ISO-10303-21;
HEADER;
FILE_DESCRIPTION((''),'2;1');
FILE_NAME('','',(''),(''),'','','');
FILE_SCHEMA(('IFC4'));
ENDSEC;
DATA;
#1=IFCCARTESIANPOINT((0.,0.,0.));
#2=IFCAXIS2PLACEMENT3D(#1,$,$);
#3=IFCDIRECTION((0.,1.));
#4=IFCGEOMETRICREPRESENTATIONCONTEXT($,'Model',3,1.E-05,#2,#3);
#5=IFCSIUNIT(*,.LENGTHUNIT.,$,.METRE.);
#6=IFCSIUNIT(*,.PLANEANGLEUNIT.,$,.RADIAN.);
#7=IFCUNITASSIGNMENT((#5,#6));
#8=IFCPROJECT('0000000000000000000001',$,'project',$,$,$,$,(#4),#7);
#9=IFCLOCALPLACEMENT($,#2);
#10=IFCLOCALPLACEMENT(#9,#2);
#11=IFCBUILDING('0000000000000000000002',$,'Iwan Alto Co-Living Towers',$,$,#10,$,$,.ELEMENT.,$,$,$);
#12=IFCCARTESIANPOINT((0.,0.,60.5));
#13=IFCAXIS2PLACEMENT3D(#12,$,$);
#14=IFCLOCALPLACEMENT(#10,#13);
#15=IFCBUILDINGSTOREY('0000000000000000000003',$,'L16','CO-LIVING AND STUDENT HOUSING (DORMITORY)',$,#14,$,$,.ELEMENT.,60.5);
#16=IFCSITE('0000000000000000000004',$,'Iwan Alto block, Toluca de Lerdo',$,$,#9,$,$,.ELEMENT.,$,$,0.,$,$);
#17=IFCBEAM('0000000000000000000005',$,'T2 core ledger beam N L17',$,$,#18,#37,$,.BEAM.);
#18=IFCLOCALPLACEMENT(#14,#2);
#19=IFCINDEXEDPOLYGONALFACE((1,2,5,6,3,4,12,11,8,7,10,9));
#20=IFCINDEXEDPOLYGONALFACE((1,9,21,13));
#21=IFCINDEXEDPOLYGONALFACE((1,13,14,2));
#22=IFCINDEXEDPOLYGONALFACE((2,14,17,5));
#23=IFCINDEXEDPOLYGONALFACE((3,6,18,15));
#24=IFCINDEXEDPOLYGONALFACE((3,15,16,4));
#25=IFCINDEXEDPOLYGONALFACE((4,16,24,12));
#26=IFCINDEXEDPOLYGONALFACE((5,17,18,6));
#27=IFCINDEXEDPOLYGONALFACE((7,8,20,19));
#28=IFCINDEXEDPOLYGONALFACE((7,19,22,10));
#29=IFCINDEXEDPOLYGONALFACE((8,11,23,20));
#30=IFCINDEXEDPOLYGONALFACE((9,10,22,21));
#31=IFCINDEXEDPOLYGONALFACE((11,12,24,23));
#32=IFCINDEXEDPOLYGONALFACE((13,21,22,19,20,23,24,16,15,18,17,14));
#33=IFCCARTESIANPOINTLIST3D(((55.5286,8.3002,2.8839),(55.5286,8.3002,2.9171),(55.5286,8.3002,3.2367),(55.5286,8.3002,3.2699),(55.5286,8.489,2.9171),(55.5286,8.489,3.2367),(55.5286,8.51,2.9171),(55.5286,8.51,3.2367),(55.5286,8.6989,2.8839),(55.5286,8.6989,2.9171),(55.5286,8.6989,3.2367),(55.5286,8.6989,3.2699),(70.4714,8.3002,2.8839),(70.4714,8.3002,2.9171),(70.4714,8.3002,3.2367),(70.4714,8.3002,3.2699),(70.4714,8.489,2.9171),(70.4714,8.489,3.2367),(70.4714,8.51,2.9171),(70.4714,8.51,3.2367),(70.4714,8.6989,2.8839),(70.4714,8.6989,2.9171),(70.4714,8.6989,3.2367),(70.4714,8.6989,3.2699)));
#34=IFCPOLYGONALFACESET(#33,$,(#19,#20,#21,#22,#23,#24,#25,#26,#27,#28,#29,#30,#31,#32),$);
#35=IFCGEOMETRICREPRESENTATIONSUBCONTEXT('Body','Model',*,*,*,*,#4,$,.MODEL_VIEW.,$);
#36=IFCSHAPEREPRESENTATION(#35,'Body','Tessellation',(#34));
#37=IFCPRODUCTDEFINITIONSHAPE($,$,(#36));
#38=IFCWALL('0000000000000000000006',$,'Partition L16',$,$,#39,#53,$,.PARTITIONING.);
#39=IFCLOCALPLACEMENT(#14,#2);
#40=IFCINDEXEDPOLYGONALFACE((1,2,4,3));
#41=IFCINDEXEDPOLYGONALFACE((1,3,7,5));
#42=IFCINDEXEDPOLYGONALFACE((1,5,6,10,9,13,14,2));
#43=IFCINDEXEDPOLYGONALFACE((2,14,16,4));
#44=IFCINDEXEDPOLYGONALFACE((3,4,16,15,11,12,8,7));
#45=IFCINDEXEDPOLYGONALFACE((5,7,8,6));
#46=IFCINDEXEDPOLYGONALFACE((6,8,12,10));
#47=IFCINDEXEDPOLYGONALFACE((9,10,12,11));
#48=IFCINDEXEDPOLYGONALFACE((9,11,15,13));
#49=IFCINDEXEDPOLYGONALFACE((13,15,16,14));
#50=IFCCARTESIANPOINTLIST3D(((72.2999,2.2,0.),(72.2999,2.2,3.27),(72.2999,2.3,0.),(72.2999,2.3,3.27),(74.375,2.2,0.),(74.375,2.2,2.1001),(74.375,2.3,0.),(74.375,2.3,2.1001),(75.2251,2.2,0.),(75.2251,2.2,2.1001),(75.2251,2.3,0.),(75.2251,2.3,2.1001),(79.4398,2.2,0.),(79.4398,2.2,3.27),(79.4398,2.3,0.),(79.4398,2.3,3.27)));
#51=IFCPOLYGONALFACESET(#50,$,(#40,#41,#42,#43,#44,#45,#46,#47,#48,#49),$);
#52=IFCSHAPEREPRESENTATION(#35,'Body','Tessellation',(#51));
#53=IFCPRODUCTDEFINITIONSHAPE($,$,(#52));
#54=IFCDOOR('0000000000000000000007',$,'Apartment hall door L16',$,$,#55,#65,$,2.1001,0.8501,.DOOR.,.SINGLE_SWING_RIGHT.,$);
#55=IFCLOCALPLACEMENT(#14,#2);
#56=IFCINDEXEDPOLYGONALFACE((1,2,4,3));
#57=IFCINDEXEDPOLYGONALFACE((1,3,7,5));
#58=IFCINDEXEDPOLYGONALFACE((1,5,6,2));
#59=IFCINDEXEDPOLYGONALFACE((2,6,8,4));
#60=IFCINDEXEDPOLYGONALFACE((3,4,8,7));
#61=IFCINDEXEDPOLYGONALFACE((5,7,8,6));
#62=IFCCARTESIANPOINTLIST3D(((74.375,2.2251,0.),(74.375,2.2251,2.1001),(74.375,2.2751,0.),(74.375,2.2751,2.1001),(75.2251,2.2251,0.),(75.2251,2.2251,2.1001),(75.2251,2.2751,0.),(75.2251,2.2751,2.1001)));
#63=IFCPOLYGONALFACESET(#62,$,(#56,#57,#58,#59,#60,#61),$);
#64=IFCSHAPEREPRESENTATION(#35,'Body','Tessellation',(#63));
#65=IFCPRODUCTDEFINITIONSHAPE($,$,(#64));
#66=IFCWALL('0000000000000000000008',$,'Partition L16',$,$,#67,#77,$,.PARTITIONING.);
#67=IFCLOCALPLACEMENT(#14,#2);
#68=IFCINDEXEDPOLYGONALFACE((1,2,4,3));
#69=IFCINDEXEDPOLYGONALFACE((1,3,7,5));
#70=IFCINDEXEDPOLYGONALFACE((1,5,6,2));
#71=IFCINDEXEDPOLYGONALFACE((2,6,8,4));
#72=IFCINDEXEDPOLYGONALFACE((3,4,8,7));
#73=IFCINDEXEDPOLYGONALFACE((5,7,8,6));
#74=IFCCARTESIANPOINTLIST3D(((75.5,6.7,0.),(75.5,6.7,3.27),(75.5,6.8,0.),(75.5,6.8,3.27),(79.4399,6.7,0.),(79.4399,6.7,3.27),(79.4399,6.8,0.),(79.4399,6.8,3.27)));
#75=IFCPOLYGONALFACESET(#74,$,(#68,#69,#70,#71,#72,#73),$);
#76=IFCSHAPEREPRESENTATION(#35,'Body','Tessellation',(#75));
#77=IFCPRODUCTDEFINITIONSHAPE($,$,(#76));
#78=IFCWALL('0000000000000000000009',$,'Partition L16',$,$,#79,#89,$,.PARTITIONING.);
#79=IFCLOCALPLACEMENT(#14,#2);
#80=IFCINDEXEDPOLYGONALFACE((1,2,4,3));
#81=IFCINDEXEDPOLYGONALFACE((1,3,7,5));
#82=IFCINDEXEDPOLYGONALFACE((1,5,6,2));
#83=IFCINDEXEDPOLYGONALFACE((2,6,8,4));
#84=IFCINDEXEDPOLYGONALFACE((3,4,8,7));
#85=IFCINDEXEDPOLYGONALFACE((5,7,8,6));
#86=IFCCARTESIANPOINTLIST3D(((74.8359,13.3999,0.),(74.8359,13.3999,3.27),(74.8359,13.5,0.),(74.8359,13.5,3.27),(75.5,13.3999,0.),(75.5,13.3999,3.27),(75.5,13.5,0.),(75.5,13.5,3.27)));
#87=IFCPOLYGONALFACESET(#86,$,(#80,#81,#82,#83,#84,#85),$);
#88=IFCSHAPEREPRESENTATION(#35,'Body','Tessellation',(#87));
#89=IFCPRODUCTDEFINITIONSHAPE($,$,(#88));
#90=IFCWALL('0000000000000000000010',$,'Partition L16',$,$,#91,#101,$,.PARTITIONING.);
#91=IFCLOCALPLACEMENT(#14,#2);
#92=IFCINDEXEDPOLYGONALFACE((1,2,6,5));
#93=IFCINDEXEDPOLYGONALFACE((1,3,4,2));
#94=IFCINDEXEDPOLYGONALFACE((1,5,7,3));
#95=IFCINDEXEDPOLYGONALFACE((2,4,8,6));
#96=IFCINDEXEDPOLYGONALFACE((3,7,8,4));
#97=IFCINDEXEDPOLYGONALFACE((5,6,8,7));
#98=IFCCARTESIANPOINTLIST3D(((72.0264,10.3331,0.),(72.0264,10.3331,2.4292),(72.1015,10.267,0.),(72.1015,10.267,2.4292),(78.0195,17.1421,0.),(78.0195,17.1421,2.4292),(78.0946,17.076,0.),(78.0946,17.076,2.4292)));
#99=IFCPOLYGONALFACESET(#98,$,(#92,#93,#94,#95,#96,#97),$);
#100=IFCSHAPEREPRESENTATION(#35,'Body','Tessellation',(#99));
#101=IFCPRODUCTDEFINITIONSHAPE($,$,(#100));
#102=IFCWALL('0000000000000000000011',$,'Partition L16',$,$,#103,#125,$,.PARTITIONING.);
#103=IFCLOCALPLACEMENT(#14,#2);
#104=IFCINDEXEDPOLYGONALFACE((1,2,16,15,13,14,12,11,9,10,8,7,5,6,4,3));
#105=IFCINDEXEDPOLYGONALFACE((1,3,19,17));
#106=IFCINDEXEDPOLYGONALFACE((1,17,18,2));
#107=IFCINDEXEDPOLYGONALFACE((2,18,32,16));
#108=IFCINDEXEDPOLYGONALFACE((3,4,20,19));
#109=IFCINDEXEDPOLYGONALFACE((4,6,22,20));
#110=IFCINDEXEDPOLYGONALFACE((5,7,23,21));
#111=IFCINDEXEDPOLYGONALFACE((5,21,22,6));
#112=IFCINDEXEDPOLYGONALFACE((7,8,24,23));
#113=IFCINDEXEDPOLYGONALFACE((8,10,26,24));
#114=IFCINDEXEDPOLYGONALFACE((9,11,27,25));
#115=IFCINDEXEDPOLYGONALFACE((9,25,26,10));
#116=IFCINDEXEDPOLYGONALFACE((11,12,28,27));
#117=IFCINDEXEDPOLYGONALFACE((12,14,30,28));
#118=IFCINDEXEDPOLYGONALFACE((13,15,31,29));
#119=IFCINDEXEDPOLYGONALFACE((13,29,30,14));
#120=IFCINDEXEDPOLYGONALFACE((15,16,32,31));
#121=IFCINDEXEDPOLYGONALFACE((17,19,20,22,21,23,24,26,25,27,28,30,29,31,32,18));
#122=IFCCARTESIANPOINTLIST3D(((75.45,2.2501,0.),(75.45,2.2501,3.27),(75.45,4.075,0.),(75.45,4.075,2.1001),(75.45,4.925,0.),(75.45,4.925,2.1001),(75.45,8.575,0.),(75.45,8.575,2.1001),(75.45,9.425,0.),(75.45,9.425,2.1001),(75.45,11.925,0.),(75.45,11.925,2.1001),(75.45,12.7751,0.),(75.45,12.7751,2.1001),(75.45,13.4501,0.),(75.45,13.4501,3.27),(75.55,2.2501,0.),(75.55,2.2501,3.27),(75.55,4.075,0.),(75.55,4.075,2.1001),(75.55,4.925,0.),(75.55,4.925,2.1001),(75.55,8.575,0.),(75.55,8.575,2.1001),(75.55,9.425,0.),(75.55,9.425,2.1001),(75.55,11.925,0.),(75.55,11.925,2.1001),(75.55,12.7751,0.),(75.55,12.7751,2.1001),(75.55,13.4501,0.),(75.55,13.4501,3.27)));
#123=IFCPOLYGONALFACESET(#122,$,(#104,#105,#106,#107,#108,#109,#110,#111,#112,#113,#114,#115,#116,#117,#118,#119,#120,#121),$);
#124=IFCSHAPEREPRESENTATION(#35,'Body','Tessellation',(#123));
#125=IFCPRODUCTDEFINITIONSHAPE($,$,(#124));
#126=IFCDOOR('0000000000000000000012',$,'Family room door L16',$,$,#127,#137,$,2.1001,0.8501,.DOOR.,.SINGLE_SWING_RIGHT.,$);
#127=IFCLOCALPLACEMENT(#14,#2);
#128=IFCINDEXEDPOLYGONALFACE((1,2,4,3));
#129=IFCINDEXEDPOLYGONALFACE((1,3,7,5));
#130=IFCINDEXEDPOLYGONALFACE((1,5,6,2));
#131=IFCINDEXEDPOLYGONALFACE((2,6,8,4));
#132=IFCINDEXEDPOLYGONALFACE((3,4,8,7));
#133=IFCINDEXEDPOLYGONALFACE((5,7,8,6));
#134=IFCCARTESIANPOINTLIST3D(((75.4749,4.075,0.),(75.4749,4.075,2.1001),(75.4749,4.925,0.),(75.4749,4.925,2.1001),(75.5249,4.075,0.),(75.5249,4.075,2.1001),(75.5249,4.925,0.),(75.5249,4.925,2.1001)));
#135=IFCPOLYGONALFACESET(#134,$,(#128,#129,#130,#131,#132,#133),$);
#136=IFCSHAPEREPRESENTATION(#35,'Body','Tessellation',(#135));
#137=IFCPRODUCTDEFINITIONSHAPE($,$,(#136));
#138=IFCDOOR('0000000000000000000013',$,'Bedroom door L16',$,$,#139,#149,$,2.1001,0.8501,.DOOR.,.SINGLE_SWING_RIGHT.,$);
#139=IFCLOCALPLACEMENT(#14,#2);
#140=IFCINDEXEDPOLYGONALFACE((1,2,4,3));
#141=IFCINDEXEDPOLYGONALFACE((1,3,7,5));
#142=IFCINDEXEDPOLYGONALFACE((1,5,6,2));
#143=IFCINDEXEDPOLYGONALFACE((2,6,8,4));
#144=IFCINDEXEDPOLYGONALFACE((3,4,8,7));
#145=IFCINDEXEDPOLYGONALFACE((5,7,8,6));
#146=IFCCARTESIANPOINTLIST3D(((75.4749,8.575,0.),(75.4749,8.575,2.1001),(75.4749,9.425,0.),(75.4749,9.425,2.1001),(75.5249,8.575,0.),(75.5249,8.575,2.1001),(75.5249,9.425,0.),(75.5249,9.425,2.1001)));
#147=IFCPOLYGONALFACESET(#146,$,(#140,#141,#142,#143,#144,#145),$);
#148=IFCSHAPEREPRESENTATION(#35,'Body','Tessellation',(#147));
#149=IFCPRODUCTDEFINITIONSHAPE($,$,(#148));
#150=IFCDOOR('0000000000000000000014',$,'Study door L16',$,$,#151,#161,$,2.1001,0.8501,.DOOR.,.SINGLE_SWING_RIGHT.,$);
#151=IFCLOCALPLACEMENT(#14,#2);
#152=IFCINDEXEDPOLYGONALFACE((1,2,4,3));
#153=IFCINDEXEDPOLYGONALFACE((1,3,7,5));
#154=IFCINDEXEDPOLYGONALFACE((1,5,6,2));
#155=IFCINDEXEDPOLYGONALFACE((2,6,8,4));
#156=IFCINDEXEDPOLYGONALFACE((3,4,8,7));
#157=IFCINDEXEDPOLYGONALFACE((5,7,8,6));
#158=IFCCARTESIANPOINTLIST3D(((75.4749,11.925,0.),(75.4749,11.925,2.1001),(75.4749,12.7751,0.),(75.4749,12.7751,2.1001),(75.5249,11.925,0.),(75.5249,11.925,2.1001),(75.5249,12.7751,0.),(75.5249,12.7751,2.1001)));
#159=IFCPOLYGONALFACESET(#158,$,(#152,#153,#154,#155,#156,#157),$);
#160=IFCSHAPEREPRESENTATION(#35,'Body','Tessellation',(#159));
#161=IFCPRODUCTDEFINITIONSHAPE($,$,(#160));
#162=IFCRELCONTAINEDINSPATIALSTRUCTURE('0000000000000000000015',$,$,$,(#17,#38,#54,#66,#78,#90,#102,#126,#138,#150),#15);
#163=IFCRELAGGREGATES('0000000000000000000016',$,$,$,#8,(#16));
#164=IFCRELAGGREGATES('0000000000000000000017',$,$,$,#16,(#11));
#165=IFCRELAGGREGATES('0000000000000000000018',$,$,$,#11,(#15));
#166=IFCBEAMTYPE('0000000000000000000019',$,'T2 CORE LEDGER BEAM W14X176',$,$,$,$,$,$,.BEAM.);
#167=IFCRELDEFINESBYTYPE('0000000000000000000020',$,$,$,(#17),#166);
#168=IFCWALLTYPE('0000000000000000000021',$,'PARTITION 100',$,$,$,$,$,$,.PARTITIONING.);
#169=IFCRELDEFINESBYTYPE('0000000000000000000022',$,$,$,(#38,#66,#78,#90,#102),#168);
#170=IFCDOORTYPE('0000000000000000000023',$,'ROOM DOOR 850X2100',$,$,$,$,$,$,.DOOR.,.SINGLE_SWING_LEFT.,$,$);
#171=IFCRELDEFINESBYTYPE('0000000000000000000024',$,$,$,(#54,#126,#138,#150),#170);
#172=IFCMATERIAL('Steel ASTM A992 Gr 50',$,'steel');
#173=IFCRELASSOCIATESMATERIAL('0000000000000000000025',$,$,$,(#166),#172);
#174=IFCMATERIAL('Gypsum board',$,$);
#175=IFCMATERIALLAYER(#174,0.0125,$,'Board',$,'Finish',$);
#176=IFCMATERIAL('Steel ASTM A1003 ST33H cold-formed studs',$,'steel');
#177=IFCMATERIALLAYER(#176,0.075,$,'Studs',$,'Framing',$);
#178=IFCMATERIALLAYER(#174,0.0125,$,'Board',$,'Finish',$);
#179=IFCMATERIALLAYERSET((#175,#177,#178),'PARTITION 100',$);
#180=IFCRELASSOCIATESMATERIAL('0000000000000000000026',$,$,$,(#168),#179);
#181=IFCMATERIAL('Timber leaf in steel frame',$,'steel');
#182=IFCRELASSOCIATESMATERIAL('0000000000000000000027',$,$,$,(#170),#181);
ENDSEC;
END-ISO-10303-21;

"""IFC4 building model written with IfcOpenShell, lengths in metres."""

from ifc_helpers import new_model, si_unit, direction, frame, frame_2d, origin, origin_2d, place, context, subcontext, project, spatial, rectangle, i_section, extrude, material, layer, layer_set, material_profile, profile_set, type_object, element, fill, save


model = new_model("IFC4")

# Units and contexts
model_context = context("Model", 3, precision=1e-05, world=origin(), true_north=direction((0.0, 1.0)))
body_context = subcontext(model_context, "Body", "Model", "MODEL_VIEW")
ifc_project = project(units=[si_unit("LENGTHUNIT", "METRE"), si_unit("PLANEANGLEUNIT", "RADIAN")], contexts=[model_context])

# Site, building, storey
site_placement = place(None, origin())
site = spatial("IfcSite", under=ifc_project, at=site_placement, Name="Iwan Alto block, Toluca de Lerdo", CompositionType="ELEMENT", RefElevation=0.0)
building_placement = place(site_placement, origin())
building = spatial("IfcBuilding", under=site, at=building_placement, Name="Iwan Alto Co-Living Towers", CompositionType="ELEMENT")
storey_placement = place(building_placement, frame((0.0, 0.0, 60.5)))
storey = spatial("IfcBuildingStorey", under=building, at=storey_placement, Name="L16", Description="CO-LIVING AND STUDENT HOUSING (DORMITORY)", CompositionType="ELEMENT", Elevation=60.5)

# Beam
ifc_material_1 = material(Name="Steel ASTM A992 Gr 50", Category="steel")
ifc_material_profile = material_profile(ifc_material_1, i_section(OverallWidth=0.3987, OverallDepth=0.386, WebThickness=0.021, FlangeThickness=0.0332, at=origin_2d()), Name="W14X176")
ifc_profile_set = profile_set([ifc_material_profile], Name="Steel ASTM A992 Gr 50")
beam_type = type_object("IfcBeamType", Name="T2 CORE LEDGER BEAM W14X176", PredefinedType="BEAM", material=ifc_profile_set)
beam_placement = place(storey_placement, frame((70.4714, 8.4995, 3.0769), z_axis=(-1.0, 0.0, 0.0), x_axis=(0.0, -1.0, 0.0)))
element("IfcBeam", 1, at=beam_placement, inside=storey, type_object=beam_type, Name="T2 core ledger beam N L17", PredefinedType="BEAM", context=body_context, shape_type="SweptSolid", body=[
    extrude(i_section(OverallWidth=0.3987, OverallDepth=0.386, WebThickness=0.021, FlangeThickness=0.0332, at=origin_2d()), origin(), (0.0, 0.0, 1.0), 14.9429),
])

# Wall, opening, door
ifc_material_2 = material(Name="Gypsum board")
ifc_layer_1 = layer(ifc_material_2, 0.0125, Name="Board", Category="Finish")
ifc_material_3 = material(Name="Steel ASTM A1003 ST33H cold-formed studs", Category="steel")
ifc_layer_2 = layer(ifc_material_3, 0.075, Name="Studs", Category="Framing")
ifc_layer_3 = layer(ifc_material_2, 0.0125, Name="Board", Category="Finish")
ifc_layer_set_1 = layer_set([ifc_layer_1, ifc_layer_2, ifc_layer_3], Name="PARTITION 100")
wall_type_1 = type_object("IfcWallType", Name="PARTITION 100", PredefinedType="PARTITIONING", material=ifc_layer_set_1)
wall_1_placement = place(storey_placement, frame((72.3, 2.25, 0.0), z_axis=(0.0, 0.0, 1.0), x_axis=(1.0, 0.0, 0.0)))
wall_1 = element("IfcWall", 2, at=wall_1_placement, inside=storey, type_object=wall_type_1, Name="Partition L16", PredefinedType="PARTITIONING", context=body_context, shape_type="SweptSolid", body=[
    extrude(rectangle(XDim=7.1399, YDim=0.1001, at=frame_2d((3.5698, 0.0))), origin(), (0.0, 0.0, 1.0), 3.27),
])
opening_1_placement = place(wall_1_placement, frame((2.075, 0.0, 0.0)))
opening_1 = element("IfcOpeningElement", 3, at=opening_1_placement, cuts=wall_1, PredefinedType="OPENING", context=body_context, shape_type="SweptSolid", body=[
    extrude(rectangle(XDim=0.8501, YDim=2.1001, at=frame_2d((0.425, 1.05))), frame((0.0, 0.0601, 0.0), z_axis=(0.0, -1.0, 0.0), x_axis=(1.0, 0.0, 0.0)), (0.0, 0.0, 1.0), 0.1201),
])
ifc_material_4 = material(Name="Timber leaf in steel frame", Category="steel")
door_type_1 = type_object("IfcDoorType", Name="ROOM DOOR 850X2100", OperationType="SINGLE_SWING_LEFT", PredefinedType="DOOR", material=ifc_material_4)
door_1_placement = place(opening_1_placement, frame((0.8501, 0.0, 0.0), z_axis=(0.0, 0.0, 1.0), x_axis=(-1.0, 0.0, 0.0)))
door_1 = element("IfcDoor", 4, at=door_1_placement, inside=storey, type_object=door_type_1, Name="Apartment hall door L16", OperationType="SINGLE_SWING_RIGHT", OverallHeight=2.1001, OverallWidth=0.8501, PredefinedType="DOOR", context=body_context, shape_type="SweptSolid", body=[
    extrude(rectangle(XDim=0.8501, YDim=2.1001, at=frame_2d((0.425, 1.05))), frame((0.0, 0.0249, 0.0), z_axis=(0.0, -1.0, 0.0), x_axis=(1.0, 0.0, 0.0)), (0.0, 0.0, 1.0), 0.05),
])
fill(opening_1, door_1)

# Walls
wall_2_placement = place(storey_placement, frame((75.5, 6.75, 0.0), z_axis=(0.0, 0.0, 1.0), x_axis=(1.0, 0.0, 0.0)))
element("IfcWall", 5, at=wall_2_placement, inside=storey, type_object=wall_type_1, Name="Partition L16", PredefinedType="PARTITIONING", context=body_context, shape_type="SweptSolid", body=[
    extrude(rectangle(XDim=3.9399, YDim=0.1001, at=frame_2d((1.97, 0.0))), origin(), (0.0, 0.0, 1.0), 3.27),
])
wall_3_placement = place(storey_placement, frame((74.8359, 13.45, 0.0), z_axis=(0.0, 0.0, 1.0), x_axis=(1.0, 0.0, 0.0)))
element("IfcWall", 6, at=wall_3_placement, inside=storey, type_object=wall_type_1, Name="Partition L16", PredefinedType="PARTITIONING", context=body_context, shape_type="SweptSolid", body=[
    extrude(rectangle(XDim=0.6641, YDim=0.1001, at=frame_2d((0.332, 0.0))), origin(), (0.0, 0.0, 1.0), 3.27),
])
wall_4_placement = place(storey_placement, frame((72.064, 10.3, 0.0), z_axis=(0.0, 0.0, 1.0), x_axis=(0.660701, 0.750649, 0.0)))
element("IfcWall", 7, at=wall_4_placement, inside=storey, type_object=wall_type_1, Name="Partition L16", PredefinedType="PARTITIONING", context=body_context, shape_type="SweptSolid", body=[
    extrude(rectangle(XDim=9.0708, YDim=0.1001, at=frame_2d((4.5354, 0.0))), origin(), (0.0, 0.0, 1.0), 2.4292),
])

# Wall, openings, doors
wall_5_placement = place(storey_placement, frame((75.5, 2.25, 0.0), z_axis=(0.0, 0.0, 1.0), x_axis=(0.0, 1.0, 0.0)))
wall_5 = element("IfcWall", 8, at=wall_5_placement, inside=storey, type_object=wall_type_1, Name="Partition L16", PredefinedType="PARTITIONING", context=body_context, shape_type="SweptSolid", body=[
    extrude(rectangle(XDim=11.2, YDim=0.1001, at=frame_2d((5.6001, 0.0))), origin(), (0.0, 0.0, 1.0), 3.27),
])
opening_2_placement = place(wall_5_placement, frame((1.825, 0.0, 0.0)))
opening_2 = element("IfcOpeningElement", 9, at=opening_2_placement, cuts=wall_5, PredefinedType="OPENING", context=body_context, shape_type="SweptSolid", body=[
    extrude(rectangle(XDim=0.8501, YDim=2.1001, at=frame_2d((0.425, 1.05))), frame((0.0, 0.0601, 0.0), z_axis=(0.0, -1.0, 0.0), x_axis=(1.0, 0.0, 0.0)), (0.0, 0.0, 1.0), 0.1201),
])
opening_3_placement = place(wall_5_placement, frame((6.325, 0.0, 0.0)))
opening_3 = element("IfcOpeningElement", 10, at=opening_3_placement, cuts=wall_5, PredefinedType="OPENING", context=body_context, shape_type="SweptSolid", body=[
    extrude(rectangle(XDim=0.8501, YDim=2.1001, at=frame_2d((0.425, 1.05))), frame((0.0, 0.0601, 0.0), z_axis=(0.0, -1.0, 0.0), x_axis=(1.0, 0.0, 0.0)), (0.0, 0.0, 1.0), 0.1201),
])
opening_4_placement = place(wall_5_placement, frame((9.675, 0.0, 0.0)))
opening_4 = element("IfcOpeningElement", 11, at=opening_4_placement, cuts=wall_5, PredefinedType="OPENING", context=body_context, shape_type="SweptSolid", body=[
    extrude(rectangle(XDim=0.8501, YDim=2.1001, at=frame_2d((0.425, 1.05))), frame((0.0, 0.0601, 0.0), z_axis=(0.0, -1.0, 0.0), x_axis=(1.0, 0.0, 0.0)), (0.0, 0.0, 1.0), 0.1201),
])
door_2_placement = place(opening_2_placement, frame((0.8501, 0.0, 0.0), z_axis=(0.0, 0.0, 1.0), x_axis=(-1.0, 0.0, 0.0)))
door_2 = element("IfcDoor", 12, at=door_2_placement, inside=storey, type_object=door_type_1, Name="Family room door L16", OperationType="SINGLE_SWING_RIGHT", OverallHeight=2.1001, OverallWidth=0.8501, PredefinedType="DOOR", context=body_context, shape_type="SweptSolid", body=[
    extrude(rectangle(XDim=0.8501, YDim=2.1001, at=frame_2d((0.425, 1.05))), frame((0.0, 0.0249, 0.0), z_axis=(0.0, -1.0, 0.0), x_axis=(1.0, 0.0, 0.0)), (0.0, 0.0, 1.0), 0.05),
])
fill(opening_2, door_2)
door_3_placement = place(opening_3_placement, frame((0.8501, 0.0, 0.0), z_axis=(0.0, 0.0, 1.0), x_axis=(-1.0, 0.0, 0.0)))
door_3 = element("IfcDoor", 13, at=door_3_placement, inside=storey, type_object=door_type_1, Name="Bedroom door L16", OperationType="SINGLE_SWING_RIGHT", OverallHeight=2.1001, OverallWidth=0.8501, PredefinedType="DOOR", context=body_context, shape_type="SweptSolid", body=[
    extrude(rectangle(XDim=0.8501, YDim=2.1001, at=frame_2d((0.425, 1.05))), frame((0.0, 0.0249, 0.0), z_axis=(0.0, -1.0, 0.0), x_axis=(1.0, 0.0, 0.0)), (0.0, 0.0, 1.0), 0.05),
])
fill(opening_3, door_3)
door_4_placement = place(opening_4_placement, frame((0.8501, 0.0, 0.0), z_axis=(0.0, 0.0, 1.0), x_axis=(-1.0, 0.0, 0.0)))
door_4 = element("IfcDoor", 14, at=door_4_placement, inside=storey, type_object=door_type_1, Name="Study door L16", OperationType="SINGLE_SWING_RIGHT", OverallHeight=2.1001, OverallWidth=0.8501, PredefinedType="DOOR", context=body_context, shape_type="SweptSolid", body=[
    extrude(rectangle(XDim=0.8501, YDim=2.1001, at=frame_2d((0.425, 1.05))), frame((0.0, 0.0249, 0.0), z_axis=(0.0, -1.0, 0.0), x_axis=(1.0, 0.0, 0.0)), (0.0, 0.0, 1.0), 0.05),
])
fill(opening_4, door_4)

save(model, "model.ifc")
